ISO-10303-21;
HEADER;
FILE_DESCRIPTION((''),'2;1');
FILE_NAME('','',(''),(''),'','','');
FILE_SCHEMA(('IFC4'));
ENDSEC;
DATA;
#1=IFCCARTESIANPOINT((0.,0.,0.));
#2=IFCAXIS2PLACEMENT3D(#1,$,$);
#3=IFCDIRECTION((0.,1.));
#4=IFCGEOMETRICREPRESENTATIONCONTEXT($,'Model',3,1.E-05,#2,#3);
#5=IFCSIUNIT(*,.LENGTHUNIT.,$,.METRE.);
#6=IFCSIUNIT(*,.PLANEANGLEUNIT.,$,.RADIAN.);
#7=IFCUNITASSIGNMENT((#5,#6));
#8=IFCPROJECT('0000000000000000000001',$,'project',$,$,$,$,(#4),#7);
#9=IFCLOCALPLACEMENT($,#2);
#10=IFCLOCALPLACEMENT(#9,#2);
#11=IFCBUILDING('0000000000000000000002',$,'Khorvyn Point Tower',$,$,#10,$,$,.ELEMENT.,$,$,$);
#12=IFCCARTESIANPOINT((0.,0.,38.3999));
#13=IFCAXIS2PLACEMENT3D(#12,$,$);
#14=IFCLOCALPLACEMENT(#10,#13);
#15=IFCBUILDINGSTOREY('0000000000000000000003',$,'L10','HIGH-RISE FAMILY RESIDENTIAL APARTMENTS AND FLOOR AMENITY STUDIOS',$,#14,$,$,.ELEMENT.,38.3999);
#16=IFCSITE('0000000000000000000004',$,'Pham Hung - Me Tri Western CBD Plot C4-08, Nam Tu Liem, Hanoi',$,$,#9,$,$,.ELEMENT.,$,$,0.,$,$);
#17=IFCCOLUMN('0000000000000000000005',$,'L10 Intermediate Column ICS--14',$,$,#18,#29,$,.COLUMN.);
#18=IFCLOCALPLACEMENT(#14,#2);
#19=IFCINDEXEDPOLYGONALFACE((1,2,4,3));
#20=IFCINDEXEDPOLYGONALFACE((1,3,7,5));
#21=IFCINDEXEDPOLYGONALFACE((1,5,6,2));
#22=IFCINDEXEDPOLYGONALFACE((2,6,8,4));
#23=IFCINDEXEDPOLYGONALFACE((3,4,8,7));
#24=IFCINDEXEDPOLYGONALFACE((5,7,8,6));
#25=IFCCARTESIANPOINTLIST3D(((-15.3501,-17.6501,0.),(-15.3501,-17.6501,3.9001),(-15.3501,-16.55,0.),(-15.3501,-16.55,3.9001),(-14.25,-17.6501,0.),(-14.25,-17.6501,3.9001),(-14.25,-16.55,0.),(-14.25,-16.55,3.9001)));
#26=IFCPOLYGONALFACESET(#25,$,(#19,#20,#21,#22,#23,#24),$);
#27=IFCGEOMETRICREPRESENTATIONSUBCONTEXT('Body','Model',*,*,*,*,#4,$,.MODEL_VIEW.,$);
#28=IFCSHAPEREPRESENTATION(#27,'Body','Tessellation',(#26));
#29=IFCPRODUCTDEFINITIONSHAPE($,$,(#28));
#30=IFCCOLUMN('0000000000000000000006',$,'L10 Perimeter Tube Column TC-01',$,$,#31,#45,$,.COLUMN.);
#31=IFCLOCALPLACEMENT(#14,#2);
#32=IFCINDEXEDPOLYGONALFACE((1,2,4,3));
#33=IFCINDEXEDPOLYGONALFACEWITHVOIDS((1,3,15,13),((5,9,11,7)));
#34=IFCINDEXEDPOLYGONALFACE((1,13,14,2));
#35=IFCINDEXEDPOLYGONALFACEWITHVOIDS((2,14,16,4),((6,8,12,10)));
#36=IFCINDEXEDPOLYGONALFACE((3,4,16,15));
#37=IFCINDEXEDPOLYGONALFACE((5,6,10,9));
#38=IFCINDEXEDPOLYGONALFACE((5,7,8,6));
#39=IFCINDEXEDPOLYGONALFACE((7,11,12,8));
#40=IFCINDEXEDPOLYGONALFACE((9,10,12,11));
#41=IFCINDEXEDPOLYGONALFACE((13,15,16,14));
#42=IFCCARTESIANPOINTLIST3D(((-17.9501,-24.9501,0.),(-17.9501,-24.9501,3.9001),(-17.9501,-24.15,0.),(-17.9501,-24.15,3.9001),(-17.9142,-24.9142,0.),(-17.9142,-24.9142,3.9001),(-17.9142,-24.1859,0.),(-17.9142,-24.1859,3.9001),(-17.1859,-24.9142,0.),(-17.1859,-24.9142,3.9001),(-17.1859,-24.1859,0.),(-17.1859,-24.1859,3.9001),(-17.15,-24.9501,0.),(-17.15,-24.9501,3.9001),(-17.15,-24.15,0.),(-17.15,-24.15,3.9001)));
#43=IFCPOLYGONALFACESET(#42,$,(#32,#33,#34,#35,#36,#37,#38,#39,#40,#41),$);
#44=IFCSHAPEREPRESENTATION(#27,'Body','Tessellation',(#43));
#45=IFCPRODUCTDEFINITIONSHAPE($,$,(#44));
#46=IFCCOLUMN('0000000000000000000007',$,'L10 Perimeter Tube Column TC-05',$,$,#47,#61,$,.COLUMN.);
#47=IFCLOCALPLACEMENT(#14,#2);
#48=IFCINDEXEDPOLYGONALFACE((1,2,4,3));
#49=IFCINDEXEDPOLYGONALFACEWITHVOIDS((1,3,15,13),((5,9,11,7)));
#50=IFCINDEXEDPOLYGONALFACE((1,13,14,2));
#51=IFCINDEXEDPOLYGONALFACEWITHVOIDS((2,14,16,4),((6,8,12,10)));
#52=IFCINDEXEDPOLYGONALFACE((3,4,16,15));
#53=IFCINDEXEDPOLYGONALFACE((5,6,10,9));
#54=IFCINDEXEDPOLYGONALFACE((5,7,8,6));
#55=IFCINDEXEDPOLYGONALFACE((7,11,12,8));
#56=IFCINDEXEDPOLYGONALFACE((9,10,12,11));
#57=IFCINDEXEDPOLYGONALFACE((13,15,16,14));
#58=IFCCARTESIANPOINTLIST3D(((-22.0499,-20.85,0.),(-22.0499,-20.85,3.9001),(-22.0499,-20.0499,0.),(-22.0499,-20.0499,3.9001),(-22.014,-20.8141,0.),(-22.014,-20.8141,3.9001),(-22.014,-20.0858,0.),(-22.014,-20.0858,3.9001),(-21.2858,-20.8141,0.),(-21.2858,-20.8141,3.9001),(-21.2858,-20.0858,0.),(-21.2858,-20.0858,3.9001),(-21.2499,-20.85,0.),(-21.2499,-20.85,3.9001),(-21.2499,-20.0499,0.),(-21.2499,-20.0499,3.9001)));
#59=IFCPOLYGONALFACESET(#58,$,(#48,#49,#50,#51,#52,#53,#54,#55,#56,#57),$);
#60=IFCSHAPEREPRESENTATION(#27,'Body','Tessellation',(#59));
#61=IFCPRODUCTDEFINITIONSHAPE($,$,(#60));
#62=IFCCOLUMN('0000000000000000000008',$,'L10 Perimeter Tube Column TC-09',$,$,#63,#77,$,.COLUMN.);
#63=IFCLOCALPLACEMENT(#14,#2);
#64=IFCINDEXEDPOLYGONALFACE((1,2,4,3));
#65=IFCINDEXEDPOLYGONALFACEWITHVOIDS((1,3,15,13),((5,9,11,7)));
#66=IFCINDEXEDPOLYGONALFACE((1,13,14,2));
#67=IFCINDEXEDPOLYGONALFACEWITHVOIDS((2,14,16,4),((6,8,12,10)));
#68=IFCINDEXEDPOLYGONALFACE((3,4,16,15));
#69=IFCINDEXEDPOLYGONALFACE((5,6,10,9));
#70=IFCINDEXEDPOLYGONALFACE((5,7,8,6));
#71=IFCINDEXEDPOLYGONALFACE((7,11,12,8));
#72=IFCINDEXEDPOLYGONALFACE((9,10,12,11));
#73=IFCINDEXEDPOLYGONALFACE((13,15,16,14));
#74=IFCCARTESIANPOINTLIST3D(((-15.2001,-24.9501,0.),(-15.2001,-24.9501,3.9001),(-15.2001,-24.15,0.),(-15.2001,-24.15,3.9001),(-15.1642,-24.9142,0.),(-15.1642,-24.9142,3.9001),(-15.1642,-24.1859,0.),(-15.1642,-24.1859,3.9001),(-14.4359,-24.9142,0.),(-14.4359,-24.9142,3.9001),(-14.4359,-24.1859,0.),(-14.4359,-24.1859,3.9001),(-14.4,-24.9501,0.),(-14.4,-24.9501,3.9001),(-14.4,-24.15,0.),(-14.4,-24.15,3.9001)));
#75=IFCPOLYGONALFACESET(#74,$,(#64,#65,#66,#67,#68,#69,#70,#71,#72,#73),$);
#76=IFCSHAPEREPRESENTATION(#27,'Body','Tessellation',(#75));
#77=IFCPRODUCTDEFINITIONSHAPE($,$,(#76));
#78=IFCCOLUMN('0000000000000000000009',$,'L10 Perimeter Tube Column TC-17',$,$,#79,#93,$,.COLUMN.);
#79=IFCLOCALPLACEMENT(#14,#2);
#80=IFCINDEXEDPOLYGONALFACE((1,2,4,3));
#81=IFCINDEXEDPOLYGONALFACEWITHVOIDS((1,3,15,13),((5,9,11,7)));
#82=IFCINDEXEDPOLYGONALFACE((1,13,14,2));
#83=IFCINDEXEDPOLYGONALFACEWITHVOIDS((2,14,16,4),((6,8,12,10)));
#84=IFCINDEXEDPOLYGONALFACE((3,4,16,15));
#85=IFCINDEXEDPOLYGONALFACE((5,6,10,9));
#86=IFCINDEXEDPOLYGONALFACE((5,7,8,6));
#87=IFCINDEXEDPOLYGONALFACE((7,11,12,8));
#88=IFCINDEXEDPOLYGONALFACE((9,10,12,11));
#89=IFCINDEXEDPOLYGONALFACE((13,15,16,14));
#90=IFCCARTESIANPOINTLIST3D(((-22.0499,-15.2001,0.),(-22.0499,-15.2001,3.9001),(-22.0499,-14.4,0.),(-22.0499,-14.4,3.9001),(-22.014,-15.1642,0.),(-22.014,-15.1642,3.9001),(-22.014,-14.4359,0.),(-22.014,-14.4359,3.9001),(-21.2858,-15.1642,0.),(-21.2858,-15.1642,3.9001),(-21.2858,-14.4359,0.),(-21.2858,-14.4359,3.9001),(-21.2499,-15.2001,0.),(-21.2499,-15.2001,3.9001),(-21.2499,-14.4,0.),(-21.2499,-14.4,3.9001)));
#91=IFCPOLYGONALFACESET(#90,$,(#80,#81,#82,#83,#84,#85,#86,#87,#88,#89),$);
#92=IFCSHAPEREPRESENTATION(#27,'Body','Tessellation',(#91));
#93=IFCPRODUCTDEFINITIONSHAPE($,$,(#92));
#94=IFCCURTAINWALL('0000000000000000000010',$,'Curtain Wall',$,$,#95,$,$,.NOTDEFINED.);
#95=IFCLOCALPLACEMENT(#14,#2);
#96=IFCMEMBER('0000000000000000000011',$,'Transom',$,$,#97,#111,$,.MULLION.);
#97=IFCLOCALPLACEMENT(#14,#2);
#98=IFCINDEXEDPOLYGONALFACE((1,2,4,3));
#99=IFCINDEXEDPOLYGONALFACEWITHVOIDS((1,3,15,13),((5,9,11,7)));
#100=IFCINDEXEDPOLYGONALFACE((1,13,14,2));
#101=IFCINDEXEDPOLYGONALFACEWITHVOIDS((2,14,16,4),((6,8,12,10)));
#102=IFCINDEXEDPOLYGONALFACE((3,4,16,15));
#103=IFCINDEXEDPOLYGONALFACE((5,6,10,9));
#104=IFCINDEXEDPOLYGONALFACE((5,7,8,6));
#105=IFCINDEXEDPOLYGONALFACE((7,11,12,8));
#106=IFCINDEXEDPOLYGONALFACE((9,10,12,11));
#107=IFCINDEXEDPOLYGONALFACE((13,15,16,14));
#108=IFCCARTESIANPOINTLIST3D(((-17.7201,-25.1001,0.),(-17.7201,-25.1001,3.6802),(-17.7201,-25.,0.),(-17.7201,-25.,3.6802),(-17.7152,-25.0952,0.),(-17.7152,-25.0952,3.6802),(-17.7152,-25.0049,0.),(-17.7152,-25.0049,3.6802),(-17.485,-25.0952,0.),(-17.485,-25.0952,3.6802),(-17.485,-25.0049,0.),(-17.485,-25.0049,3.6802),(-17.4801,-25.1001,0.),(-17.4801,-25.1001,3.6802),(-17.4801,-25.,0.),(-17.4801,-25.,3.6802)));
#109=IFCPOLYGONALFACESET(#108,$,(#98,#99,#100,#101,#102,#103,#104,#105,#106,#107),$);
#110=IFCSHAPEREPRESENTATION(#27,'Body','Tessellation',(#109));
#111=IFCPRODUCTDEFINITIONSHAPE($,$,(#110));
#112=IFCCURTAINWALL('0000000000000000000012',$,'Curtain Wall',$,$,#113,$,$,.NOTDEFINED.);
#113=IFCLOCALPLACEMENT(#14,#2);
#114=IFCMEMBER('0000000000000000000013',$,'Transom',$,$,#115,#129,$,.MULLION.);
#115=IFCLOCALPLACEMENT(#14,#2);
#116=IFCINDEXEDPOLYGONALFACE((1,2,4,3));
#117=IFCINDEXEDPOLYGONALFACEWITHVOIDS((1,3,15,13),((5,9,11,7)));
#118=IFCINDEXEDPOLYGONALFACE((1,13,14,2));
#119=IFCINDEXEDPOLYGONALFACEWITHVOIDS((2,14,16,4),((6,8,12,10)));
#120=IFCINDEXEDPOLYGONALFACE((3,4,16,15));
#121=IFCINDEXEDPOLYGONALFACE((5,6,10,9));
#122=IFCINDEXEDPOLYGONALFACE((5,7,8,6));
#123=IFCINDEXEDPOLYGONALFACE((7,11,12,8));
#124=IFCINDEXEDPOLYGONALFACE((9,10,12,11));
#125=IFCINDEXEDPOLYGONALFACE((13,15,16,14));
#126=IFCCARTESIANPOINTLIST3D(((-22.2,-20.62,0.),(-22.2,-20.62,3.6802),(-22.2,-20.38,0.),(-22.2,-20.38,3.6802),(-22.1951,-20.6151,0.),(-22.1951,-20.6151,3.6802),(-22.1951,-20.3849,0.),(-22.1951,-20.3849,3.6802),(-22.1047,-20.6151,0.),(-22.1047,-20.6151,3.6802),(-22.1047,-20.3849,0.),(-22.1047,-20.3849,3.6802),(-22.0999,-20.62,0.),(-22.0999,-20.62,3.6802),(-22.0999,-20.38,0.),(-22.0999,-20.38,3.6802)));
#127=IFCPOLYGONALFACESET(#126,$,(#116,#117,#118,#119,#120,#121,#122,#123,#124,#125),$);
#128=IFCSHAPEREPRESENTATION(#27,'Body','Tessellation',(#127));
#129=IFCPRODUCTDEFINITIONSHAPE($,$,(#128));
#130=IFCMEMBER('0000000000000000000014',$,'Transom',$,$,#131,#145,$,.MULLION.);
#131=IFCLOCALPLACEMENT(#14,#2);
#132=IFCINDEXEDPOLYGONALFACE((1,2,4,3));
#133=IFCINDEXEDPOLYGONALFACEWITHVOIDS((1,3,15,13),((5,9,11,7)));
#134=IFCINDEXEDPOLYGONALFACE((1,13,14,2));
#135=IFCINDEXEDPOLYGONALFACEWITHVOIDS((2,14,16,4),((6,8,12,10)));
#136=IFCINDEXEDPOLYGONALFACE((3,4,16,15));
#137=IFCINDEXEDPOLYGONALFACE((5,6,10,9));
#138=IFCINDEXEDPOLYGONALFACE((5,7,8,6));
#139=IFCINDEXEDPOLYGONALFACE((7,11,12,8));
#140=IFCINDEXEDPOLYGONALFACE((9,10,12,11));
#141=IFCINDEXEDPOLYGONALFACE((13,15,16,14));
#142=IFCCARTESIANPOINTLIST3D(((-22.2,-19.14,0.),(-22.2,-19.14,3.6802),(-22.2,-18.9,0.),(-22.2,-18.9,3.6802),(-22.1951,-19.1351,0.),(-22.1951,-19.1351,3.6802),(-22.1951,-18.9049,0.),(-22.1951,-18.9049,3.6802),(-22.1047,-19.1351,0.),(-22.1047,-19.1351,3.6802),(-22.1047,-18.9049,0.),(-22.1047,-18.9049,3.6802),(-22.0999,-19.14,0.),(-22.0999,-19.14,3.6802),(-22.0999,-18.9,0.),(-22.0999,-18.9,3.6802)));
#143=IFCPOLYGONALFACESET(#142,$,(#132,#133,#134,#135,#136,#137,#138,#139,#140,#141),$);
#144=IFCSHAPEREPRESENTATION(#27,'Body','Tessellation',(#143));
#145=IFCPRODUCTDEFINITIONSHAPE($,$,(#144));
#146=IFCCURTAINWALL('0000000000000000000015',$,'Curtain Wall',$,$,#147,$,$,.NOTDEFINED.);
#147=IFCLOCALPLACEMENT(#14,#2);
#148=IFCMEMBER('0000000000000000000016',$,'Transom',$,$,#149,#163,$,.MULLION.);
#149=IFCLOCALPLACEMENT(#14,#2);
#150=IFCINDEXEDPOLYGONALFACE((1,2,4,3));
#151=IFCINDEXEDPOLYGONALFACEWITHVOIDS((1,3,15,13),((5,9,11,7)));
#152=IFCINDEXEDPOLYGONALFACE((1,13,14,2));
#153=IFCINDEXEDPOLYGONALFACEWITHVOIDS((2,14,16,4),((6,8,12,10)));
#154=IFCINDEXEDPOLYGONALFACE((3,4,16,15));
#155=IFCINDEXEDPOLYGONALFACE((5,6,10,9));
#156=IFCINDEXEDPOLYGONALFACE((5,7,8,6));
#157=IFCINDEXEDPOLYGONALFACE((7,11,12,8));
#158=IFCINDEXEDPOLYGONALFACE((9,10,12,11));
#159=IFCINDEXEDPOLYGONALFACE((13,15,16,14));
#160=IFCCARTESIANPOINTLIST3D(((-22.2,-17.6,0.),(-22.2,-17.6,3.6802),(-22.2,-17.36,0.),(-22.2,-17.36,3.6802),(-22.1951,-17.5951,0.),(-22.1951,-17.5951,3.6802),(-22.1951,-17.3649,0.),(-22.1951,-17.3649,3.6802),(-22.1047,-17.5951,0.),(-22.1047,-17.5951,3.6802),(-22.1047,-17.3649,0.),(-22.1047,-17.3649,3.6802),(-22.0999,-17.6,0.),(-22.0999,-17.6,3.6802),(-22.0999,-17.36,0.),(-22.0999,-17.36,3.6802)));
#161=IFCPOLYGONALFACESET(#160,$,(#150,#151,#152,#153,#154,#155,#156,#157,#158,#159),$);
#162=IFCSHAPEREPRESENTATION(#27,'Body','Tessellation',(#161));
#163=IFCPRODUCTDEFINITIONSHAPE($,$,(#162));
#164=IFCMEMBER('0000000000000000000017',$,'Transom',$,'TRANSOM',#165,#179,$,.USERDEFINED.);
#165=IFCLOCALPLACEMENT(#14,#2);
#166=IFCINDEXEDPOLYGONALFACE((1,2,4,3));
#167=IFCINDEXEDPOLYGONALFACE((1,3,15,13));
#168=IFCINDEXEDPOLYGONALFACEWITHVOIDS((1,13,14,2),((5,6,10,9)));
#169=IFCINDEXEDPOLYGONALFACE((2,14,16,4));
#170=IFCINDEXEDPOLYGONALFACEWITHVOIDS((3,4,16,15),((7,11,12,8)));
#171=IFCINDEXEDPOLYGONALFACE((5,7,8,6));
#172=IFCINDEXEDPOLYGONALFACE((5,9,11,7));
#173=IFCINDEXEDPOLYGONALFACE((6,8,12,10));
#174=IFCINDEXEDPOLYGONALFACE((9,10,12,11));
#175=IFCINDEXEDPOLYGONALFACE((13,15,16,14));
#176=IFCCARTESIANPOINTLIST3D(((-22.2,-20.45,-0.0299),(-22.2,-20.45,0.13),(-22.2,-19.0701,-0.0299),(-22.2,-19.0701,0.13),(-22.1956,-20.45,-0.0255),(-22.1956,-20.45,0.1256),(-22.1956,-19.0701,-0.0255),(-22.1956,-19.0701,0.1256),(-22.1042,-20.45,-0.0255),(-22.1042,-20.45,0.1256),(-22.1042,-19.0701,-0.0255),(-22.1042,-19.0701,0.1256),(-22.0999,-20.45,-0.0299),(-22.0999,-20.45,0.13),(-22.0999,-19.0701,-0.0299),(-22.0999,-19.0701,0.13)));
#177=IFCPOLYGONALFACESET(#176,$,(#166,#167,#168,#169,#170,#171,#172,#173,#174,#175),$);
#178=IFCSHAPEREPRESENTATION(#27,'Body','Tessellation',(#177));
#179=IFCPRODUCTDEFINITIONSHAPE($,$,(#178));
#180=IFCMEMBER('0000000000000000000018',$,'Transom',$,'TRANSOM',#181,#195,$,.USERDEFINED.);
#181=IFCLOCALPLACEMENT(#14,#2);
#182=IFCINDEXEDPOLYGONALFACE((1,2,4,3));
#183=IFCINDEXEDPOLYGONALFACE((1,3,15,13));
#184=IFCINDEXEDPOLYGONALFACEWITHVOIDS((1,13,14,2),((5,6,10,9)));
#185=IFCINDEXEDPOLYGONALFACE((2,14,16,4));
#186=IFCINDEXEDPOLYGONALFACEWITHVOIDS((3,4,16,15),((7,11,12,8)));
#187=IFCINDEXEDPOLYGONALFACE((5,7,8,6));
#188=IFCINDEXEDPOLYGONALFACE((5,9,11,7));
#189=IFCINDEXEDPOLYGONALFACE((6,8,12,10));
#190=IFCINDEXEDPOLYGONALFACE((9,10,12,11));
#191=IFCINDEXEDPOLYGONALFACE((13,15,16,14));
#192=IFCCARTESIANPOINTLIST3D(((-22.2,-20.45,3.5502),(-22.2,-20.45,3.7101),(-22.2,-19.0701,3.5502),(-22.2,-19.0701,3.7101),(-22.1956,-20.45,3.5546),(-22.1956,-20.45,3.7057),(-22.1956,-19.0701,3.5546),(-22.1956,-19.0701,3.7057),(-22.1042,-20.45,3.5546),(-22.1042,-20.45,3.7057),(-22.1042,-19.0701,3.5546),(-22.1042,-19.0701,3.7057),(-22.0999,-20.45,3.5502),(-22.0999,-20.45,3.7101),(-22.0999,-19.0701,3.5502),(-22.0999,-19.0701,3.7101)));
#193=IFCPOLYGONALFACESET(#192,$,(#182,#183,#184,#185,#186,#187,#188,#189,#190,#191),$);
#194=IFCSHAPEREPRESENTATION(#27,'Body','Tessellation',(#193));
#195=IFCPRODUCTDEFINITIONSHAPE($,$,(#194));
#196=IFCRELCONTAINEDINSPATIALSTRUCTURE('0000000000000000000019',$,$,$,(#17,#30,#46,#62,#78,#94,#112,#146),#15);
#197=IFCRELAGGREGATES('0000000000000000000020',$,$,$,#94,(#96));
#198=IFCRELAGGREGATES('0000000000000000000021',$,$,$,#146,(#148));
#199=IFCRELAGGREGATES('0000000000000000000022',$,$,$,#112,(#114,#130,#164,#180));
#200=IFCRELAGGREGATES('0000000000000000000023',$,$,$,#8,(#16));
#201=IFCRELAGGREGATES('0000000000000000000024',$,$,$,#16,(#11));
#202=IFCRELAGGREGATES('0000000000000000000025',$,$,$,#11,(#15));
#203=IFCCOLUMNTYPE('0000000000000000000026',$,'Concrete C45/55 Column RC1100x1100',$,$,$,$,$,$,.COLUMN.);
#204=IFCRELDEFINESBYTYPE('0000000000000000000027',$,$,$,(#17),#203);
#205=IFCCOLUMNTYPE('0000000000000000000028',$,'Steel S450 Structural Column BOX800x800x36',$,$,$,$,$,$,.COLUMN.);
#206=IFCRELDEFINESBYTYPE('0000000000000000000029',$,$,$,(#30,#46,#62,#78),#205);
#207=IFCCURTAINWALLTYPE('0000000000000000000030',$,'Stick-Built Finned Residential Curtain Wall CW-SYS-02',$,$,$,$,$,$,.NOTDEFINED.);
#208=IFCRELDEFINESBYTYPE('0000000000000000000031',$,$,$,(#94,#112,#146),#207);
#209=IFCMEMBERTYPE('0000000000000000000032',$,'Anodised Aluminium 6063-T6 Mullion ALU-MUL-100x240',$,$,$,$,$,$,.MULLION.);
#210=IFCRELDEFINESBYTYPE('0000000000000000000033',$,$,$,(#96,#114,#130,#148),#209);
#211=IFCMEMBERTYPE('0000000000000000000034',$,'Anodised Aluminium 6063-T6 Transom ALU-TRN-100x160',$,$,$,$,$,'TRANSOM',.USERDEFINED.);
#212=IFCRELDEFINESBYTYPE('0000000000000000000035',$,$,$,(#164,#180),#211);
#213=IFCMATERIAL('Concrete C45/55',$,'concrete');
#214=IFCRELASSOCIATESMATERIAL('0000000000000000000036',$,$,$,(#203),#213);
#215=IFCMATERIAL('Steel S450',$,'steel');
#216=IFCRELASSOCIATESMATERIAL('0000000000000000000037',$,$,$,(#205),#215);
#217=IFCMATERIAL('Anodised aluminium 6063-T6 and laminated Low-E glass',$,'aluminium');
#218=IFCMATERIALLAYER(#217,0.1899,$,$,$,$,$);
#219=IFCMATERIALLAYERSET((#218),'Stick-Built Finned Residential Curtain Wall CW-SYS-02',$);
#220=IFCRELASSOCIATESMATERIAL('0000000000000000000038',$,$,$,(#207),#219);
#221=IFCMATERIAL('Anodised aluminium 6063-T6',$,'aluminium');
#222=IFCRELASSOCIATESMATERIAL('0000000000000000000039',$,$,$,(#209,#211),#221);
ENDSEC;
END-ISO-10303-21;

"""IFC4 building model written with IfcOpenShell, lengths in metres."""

from ifc_helpers import new_model, si_unit, direction, frame, origin, origin_2d, place, context, subcontext, project, spatial, rectangle, hollow_rectangle, extrude, material, layer, layer_set, material_profile, profile_set, type_object, element, aggregate, save


model = new_model("IFC4")

# Units and contexts
model_context = context("Model", 3, precision=1e-05, world=origin(), true_north=direction((0.0, 1.0)))
body_context = subcontext(model_context, "Body", "Model", "MODEL_VIEW")
ifc_project = project(units=[si_unit("LENGTHUNIT", "METRE"), si_unit("PLANEANGLEUNIT", "RADIAN")], contexts=[model_context])

# Site, building, storey
site_placement = place(None, origin())
site = spatial("IfcSite", under=ifc_project, at=site_placement, Name="Pham Hung - Me Tri Western CBD Plot C4-08, Nam Tu Liem, Hanoi", CompositionType="ELEMENT", RefElevation=0.0)
building_placement = place(site_placement, origin())
building = spatial("IfcBuilding", under=site, at=building_placement, Name="Khorvyn Point Tower", CompositionType="ELEMENT")
storey_placement = place(building_placement, frame((0.0, 0.0, 38.3999)))
storey = spatial("IfcBuildingStorey", under=building, at=storey_placement, Name="L10", Description="HIGH-RISE FAMILY RESIDENTIAL APARTMENTS AND FLOOR AMENITY STUDIOS", CompositionType="ELEMENT", Elevation=38.3999)

# Columns
ifc_material_1 = material(Name="Concrete C45/55", Category="concrete")
ifc_material_profile_1 = material_profile(ifc_material_1, rectangle(XDim=1.1001, YDim=1.1001, at=origin_2d()))
ifc_profile_set_1 = profile_set([ifc_material_profile_1], Name="Concrete C45/55 RC1100x1100")
column_type_1 = type_object("IfcColumnType", Name="Concrete C45/55 Column RC1100x1100", PredefinedType="COLUMN", material=ifc_profile_set_1)
column_placement = place(storey_placement, frame((-14.8, -17.1001, 0.0), z_axis=(0.0, 0.0, 1.0), x_axis=(1.0, 0.0, 0.0)))
element("IfcColumn", 1, at=column_placement, inside=storey, type_object=column_type_1, Name="L10 Intermediate Column ICS--14", PredefinedType="COLUMN", context=body_context, shape_type="SweptSolid", body=[
    extrude(rectangle(XDim=1.1001, YDim=1.1001, at=origin_2d()), origin(), (0.0, 0.0, 1.0), 3.9001),
])
ifc_material_2 = material(Name="Steel S450", Category="steel")
ifc_material_profile_2 = material_profile(ifc_material_2, hollow_rectangle(XDim=0.8, YDim=0.8, WallThickness=0.0359, at=origin_2d()))
ifc_profile_set_2 = profile_set([ifc_material_profile_2], Name="Steel S450 BOX800x800x36")
column_type_2 = type_object("IfcColumnType", Name="Steel S450 Structural Column BOX800x800x36", PredefinedType="COLUMN", material=ifc_profile_set_2)
for number, where, z_axis, x_axis, name in (
    (2, (-17.55, -24.55, 0.0), (0.0, 0.0, 1.0), (1.0, 0.0, 0.0), "L10 Perimeter Tube Column TC-01"),
    (3, (-21.6499, -20.45, 0.0), (0.0, 0.0, 1.0), (1.0, 0.0, 0.0), "L10 Perimeter Tube Column TC-05"),
    (4, (-14.8, -24.55, 0.0), (0.0, 0.0, 1.0), (1.0, 0.0, 0.0), "L10 Perimeter Tube Column TC-09"),
    (5, (-21.6499, -14.8, 0.0), (0.0, 0.0, 1.0), (1.0, 0.0, 0.0), "L10 Perimeter Tube Column TC-17"),
):
    element("IfcColumn", number, at=place(storey_placement, frame(where, z_axis=z_axis, x_axis=x_axis)), inside=storey, type_object=column_type_2, Name=name, PredefinedType="COLUMN", context=body_context, shape_type="SweptSolid", body=[
        extrude(hollow_rectangle(XDim=0.8, YDim=0.8, WallThickness=0.0359, at=origin_2d()), origin(), (0.0, 0.0, 1.0), 3.9001),
    ])

# Curtain wall, member
ifc_material_3 = material(Name="Anodised aluminium 6063-T6 and laminated Low-E glass", Category="aluminium")
ifc_layer_1 = layer(ifc_material_3, 0.1899)
ifc_layer_set_1 = layer_set([ifc_layer_1], Name="Stick-Built Finned Residential Curtain Wall CW-SYS-02")
curtain_wall_type = type_object("IfcCurtainWallType", Name="Stick-Built Finned Residential Curtain Wall CW-SYS-02", PredefinedType="NOTDEFINED", material=ifc_layer_set_1)
curtain_wall_1_placement = place(storey_placement, origin())
curtain_wall_1 = element("IfcCurtainWall", 6, at=curtain_wall_1_placement, inside=storey, type_object=curtain_wall_type, Name="Curtain Wall", PredefinedType="NOTDEFINED")
ifc_material_4 = material(Name="Anodised aluminium 6063-T6", Category="aluminium")
ifc_material_profile_3 = material_profile(ifc_material_4, hollow_rectangle(XDim=0.1001, YDim=0.24, WallThickness=0.0049, at=origin_2d()))
ifc_profile_set_3 = profile_set([ifc_material_profile_3], Name="Anodised aluminium 6063-T6 ALU-MUL-100x240")
member_type_1 = type_object("IfcMemberType", Name="Anodised Aluminium 6063-T6 Mullion ALU-MUL-100x240", PredefinedType="MULLION", material=ifc_profile_set_3)
member_1_placement = place(storey_placement, frame((-17.6001, -25.05, 0.0), z_axis=(0.0, 0.0, 1.0), x_axis=(0.0, -1.0, 0.0)))
member_1 = element("IfcMember", 7, at=member_1_placement, type_object=member_type_1, Name="Transom", PredefinedType="MULLION", context=body_context, shape_type="SweptSolid", body=[
    extrude(hollow_rectangle(XDim=0.1001, YDim=0.24, WallThickness=0.0049, at=origin_2d()), origin(), (0.0, 0.0, 1.0), 3.6802),
])
aggregate(curtain_wall_1, [member_1])

# Curtain wall, members
curtain_wall_2_placement = place(storey_placement, origin())
curtain_wall_2 = element("IfcCurtainWall", 8, at=curtain_wall_2_placement, inside=storey, type_object=curtain_wall_type, Name="Curtain Wall", PredefinedType="NOTDEFINED")
member_2_placement = place(storey_placement, frame((-22.1499, -20.5, 0.0), z_axis=(0.0, 0.0, 1.0), x_axis=(-1.0, 0.0, 0.0)))
member_2 = element("IfcMember", 9, at=member_2_placement, type_object=member_type_1, Name="Transom", PredefinedType="MULLION", context=body_context, shape_type="SweptSolid", body=[
    extrude(hollow_rectangle(XDim=0.1001, YDim=0.24, WallThickness=0.0049, at=origin_2d()), origin(), (0.0, 0.0, 1.0), 3.6802),
])
member_3_placement = place(storey_placement, frame((-22.1499, -19.02, 0.0), z_axis=(0.0, 0.0, 1.0), x_axis=(-1.0, 0.0, 0.0)))
member_3 = element("IfcMember", 10, at=member_3_placement, type_object=member_type_1, Name="Transom", PredefinedType="MULLION", context=body_context, shape_type="SweptSolid", body=[
    extrude(hollow_rectangle(XDim=0.1001, YDim=0.24, WallThickness=0.0049, at=origin_2d()), origin(), (0.0, 0.0, 1.0), 3.6802),
])

# Curtain wall, member
curtain_wall_3_placement = place(storey_placement, origin())
curtain_wall_3 = element("IfcCurtainWall", 11, at=curtain_wall_3_placement, inside=storey, type_object=curtain_wall_type, Name="Curtain Wall", PredefinedType="NOTDEFINED")
member_4_placement = place(storey_placement, frame((-22.1499, -17.48, 0.0), z_axis=(0.0, 0.0, 1.0), x_axis=(-1.0, 0.0, 0.0)))
member_4 = element("IfcMember", 12, at=member_4_placement, type_object=member_type_1, Name="Transom", PredefinedType="MULLION", context=body_context, shape_type="SweptSolid", body=[
    extrude(hollow_rectangle(XDim=0.1001, YDim=0.24, WallThickness=0.0049, at=origin_2d()), origin(), (0.0, 0.0, 1.0), 3.6802),
])

# Members
ifc_material_profile_4 = material_profile(ifc_material_4, hollow_rectangle(XDim=0.1001, YDim=0.1599, WallThickness=0.0044, at=origin_2d()))
ifc_profile_set_4 = profile_set([ifc_material_profile_4], Name="Anodised aluminium 6063-T6 ALU-TRN-100x160")
member_type_2 = type_object("IfcMemberType", Name="Anodised Aluminium 6063-T6 Transom ALU-TRN-100x160", ElementType="TRANSOM", PredefinedType="USERDEFINED", material=ifc_profile_set_4)
member_5_placement = place(storey_placement, frame((-22.1499, -20.45, 0.05), z_axis=(0.0, 1.0, 0.0), x_axis=(-1.0, 0.0, 0.0)))
member_5 = element("IfcMember", 13, at=member_5_placement, type_object=member_type_2, Name="Transom", ObjectType="TRANSOM", PredefinedType="USERDEFINED", context=body_context, shape_type="SweptSolid", body=[
    extrude(hollow_rectangle(XDim=0.1001, YDim=0.1599, WallThickness=0.0044, at=origin_2d()), origin(), (0.0, 0.0, 1.0), 1.3799),
])
member_6_placement = place(storey_placement, frame((-22.1499, -20.45, 3.6301), z_axis=(0.0, 1.0, 0.0), x_axis=(-1.0, 0.0, 0.0)))
member_6 = element("IfcMember", 14, at=member_6_placement, type_object=member_type_2, Name="Transom", ObjectType="TRANSOM", PredefinedType="USERDEFINED", context=body_context, shape_type="SweptSolid", body=[
    extrude(hollow_rectangle(XDim=0.1001, YDim=0.1599, WallThickness=0.0044, at=origin_2d()), origin(), (0.0, 0.0, 1.0), 1.3799),
])
aggregate(curtain_wall_3, [member_4])

aggregate(curtain_wall_2, [member_2, member_3, member_5, member_6])

save(model, "model.ifc")
